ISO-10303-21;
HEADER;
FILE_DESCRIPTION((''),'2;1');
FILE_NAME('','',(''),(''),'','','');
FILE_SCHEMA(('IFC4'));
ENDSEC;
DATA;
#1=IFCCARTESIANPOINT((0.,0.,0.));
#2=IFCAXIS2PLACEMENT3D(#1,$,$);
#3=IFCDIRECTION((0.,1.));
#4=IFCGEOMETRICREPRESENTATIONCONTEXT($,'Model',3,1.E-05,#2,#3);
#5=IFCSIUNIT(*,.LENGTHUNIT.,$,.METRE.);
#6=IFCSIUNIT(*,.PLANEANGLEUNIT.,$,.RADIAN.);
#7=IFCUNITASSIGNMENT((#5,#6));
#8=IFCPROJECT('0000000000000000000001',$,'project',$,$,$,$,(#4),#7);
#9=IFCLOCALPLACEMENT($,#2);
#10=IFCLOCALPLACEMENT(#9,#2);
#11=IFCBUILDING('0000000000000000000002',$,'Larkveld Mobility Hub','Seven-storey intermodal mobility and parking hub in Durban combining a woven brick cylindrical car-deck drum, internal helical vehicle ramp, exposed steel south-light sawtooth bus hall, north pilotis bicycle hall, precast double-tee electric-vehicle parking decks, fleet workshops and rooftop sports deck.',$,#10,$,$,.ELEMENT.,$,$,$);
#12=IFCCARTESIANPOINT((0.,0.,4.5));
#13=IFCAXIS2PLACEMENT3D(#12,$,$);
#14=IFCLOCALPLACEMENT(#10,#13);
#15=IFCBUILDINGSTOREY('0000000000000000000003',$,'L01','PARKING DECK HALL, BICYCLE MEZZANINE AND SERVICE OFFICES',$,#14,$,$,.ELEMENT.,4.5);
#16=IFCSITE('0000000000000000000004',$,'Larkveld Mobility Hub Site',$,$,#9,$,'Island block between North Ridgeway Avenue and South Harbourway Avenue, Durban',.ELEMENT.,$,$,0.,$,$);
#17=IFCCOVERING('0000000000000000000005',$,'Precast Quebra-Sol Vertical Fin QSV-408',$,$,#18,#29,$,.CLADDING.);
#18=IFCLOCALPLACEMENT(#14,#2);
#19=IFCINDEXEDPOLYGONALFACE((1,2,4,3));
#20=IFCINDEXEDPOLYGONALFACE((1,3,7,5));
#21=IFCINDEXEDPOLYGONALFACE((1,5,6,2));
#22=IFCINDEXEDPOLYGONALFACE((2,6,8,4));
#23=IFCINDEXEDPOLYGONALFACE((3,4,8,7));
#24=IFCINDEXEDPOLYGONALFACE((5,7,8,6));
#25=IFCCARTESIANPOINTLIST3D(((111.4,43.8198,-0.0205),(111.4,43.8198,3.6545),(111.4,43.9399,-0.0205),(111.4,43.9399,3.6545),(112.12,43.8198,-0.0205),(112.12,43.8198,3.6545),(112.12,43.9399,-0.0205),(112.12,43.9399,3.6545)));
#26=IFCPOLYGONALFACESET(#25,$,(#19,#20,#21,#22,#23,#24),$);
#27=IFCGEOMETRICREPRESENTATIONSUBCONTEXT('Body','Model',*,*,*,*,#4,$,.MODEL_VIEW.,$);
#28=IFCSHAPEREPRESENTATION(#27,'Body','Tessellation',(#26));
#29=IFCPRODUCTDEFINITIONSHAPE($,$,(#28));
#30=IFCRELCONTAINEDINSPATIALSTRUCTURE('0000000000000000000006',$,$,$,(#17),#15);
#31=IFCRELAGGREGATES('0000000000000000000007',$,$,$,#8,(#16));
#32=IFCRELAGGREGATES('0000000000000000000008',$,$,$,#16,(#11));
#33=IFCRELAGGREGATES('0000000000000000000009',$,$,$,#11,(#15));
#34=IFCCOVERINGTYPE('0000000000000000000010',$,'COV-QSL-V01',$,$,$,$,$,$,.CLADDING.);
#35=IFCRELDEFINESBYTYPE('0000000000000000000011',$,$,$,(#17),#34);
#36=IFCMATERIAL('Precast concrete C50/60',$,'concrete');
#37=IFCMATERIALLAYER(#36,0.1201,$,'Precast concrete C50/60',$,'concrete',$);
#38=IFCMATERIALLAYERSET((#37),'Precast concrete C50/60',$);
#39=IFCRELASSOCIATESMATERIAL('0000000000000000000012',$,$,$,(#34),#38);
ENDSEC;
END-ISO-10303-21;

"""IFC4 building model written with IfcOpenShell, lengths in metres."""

from ifc_helpers import new_model, si_unit, direction, frame, origin, origin_2d, place, context, subcontext, project, spatial, rectangle, extrude, material, layer, layer_set, type_object, element, save


model = new_model("IFC4")

# Units and contexts
model_context = context("Model", 3, precision=1e-05, world=origin(), true_north=direction((0.0, 1.0)))
body_context = subcontext(model_context, "Body", "Model", "MODEL_VIEW")
ifc_project = project(units=[si_unit("LENGTHUNIT", "METRE"), si_unit("PLANEANGLEUNIT", "RADIAN")], contexts=[model_context])

# Site, building, storey
site_placement = place(None, origin())
site = spatial("IfcSite", under=ifc_project, at=site_placement, Name="Larkveld Mobility Hub Site", LongName="Island block between North Ridgeway Avenue and South Harbourway Avenue, Durban", CompositionType="ELEMENT", RefElevation=0.0)
building_placement = place(site_placement, origin())
building = spatial("IfcBuilding", under=site, at=building_placement, Name="Larkveld Mobility Hub", Description="Seven-storey intermodal mobility and parking hub in Durban combining a woven brick cylindrical car-deck drum, internal helical vehicle ramp, exposed steel south-light sawtooth bus hall, north pilotis bicycle hall, precast double-tee electric-vehicle parking decks, fleet workshops and rooftop sports deck.", CompositionType="ELEMENT")
storey_placement = place(building_placement, frame((0.0, 0.0, 4.5)))
storey = spatial("IfcBuildingStorey", under=building, at=storey_placement, Name="L01", Description="PARKING DECK HALL, BICYCLE MEZZANINE AND SERVICE OFFICES", CompositionType="ELEMENT", Elevation=4.5)

# Shared definitions
ifc_material_1 = material(Name="Precast concrete C50/60", Category="concrete")

# Covering
ifc_layer = layer(ifc_material_1, 0.1201, Name="Precast concrete C50/60", Category="concrete")
ifc_layer_set = layer_set([ifc_layer], Name="Precast concrete C50/60")
covering_type = type_object("IfcCoveringType", Name="COV-QSL-V01", PredefinedType="CLADDING", material=ifc_layer_set)
for number, where, z_axis, x_axis, name in (
    (1, (111.76, 43.8799, -0.0205), (0.0, 0.0, 1.0), (0.0, -1.0, 0.0), "Precast Quebra-Sol Vertical Fin QSV-408"),
):
    element("IfcCovering", number, at=place(storey_placement, frame(where, z_axis=z_axis, x_axis=x_axis)), inside=storey, type_object=covering_type, Name=name, PredefinedType="CLADDING", context=body_context, shape_type="SweptSolid", body=[
        extrude(rectangle(XDim=0.1201, YDim=0.72, at=origin_2d()), origin(), (0.0, 0.0, 1.0), 3.675),
    ])

save(model, "model.ifc")
